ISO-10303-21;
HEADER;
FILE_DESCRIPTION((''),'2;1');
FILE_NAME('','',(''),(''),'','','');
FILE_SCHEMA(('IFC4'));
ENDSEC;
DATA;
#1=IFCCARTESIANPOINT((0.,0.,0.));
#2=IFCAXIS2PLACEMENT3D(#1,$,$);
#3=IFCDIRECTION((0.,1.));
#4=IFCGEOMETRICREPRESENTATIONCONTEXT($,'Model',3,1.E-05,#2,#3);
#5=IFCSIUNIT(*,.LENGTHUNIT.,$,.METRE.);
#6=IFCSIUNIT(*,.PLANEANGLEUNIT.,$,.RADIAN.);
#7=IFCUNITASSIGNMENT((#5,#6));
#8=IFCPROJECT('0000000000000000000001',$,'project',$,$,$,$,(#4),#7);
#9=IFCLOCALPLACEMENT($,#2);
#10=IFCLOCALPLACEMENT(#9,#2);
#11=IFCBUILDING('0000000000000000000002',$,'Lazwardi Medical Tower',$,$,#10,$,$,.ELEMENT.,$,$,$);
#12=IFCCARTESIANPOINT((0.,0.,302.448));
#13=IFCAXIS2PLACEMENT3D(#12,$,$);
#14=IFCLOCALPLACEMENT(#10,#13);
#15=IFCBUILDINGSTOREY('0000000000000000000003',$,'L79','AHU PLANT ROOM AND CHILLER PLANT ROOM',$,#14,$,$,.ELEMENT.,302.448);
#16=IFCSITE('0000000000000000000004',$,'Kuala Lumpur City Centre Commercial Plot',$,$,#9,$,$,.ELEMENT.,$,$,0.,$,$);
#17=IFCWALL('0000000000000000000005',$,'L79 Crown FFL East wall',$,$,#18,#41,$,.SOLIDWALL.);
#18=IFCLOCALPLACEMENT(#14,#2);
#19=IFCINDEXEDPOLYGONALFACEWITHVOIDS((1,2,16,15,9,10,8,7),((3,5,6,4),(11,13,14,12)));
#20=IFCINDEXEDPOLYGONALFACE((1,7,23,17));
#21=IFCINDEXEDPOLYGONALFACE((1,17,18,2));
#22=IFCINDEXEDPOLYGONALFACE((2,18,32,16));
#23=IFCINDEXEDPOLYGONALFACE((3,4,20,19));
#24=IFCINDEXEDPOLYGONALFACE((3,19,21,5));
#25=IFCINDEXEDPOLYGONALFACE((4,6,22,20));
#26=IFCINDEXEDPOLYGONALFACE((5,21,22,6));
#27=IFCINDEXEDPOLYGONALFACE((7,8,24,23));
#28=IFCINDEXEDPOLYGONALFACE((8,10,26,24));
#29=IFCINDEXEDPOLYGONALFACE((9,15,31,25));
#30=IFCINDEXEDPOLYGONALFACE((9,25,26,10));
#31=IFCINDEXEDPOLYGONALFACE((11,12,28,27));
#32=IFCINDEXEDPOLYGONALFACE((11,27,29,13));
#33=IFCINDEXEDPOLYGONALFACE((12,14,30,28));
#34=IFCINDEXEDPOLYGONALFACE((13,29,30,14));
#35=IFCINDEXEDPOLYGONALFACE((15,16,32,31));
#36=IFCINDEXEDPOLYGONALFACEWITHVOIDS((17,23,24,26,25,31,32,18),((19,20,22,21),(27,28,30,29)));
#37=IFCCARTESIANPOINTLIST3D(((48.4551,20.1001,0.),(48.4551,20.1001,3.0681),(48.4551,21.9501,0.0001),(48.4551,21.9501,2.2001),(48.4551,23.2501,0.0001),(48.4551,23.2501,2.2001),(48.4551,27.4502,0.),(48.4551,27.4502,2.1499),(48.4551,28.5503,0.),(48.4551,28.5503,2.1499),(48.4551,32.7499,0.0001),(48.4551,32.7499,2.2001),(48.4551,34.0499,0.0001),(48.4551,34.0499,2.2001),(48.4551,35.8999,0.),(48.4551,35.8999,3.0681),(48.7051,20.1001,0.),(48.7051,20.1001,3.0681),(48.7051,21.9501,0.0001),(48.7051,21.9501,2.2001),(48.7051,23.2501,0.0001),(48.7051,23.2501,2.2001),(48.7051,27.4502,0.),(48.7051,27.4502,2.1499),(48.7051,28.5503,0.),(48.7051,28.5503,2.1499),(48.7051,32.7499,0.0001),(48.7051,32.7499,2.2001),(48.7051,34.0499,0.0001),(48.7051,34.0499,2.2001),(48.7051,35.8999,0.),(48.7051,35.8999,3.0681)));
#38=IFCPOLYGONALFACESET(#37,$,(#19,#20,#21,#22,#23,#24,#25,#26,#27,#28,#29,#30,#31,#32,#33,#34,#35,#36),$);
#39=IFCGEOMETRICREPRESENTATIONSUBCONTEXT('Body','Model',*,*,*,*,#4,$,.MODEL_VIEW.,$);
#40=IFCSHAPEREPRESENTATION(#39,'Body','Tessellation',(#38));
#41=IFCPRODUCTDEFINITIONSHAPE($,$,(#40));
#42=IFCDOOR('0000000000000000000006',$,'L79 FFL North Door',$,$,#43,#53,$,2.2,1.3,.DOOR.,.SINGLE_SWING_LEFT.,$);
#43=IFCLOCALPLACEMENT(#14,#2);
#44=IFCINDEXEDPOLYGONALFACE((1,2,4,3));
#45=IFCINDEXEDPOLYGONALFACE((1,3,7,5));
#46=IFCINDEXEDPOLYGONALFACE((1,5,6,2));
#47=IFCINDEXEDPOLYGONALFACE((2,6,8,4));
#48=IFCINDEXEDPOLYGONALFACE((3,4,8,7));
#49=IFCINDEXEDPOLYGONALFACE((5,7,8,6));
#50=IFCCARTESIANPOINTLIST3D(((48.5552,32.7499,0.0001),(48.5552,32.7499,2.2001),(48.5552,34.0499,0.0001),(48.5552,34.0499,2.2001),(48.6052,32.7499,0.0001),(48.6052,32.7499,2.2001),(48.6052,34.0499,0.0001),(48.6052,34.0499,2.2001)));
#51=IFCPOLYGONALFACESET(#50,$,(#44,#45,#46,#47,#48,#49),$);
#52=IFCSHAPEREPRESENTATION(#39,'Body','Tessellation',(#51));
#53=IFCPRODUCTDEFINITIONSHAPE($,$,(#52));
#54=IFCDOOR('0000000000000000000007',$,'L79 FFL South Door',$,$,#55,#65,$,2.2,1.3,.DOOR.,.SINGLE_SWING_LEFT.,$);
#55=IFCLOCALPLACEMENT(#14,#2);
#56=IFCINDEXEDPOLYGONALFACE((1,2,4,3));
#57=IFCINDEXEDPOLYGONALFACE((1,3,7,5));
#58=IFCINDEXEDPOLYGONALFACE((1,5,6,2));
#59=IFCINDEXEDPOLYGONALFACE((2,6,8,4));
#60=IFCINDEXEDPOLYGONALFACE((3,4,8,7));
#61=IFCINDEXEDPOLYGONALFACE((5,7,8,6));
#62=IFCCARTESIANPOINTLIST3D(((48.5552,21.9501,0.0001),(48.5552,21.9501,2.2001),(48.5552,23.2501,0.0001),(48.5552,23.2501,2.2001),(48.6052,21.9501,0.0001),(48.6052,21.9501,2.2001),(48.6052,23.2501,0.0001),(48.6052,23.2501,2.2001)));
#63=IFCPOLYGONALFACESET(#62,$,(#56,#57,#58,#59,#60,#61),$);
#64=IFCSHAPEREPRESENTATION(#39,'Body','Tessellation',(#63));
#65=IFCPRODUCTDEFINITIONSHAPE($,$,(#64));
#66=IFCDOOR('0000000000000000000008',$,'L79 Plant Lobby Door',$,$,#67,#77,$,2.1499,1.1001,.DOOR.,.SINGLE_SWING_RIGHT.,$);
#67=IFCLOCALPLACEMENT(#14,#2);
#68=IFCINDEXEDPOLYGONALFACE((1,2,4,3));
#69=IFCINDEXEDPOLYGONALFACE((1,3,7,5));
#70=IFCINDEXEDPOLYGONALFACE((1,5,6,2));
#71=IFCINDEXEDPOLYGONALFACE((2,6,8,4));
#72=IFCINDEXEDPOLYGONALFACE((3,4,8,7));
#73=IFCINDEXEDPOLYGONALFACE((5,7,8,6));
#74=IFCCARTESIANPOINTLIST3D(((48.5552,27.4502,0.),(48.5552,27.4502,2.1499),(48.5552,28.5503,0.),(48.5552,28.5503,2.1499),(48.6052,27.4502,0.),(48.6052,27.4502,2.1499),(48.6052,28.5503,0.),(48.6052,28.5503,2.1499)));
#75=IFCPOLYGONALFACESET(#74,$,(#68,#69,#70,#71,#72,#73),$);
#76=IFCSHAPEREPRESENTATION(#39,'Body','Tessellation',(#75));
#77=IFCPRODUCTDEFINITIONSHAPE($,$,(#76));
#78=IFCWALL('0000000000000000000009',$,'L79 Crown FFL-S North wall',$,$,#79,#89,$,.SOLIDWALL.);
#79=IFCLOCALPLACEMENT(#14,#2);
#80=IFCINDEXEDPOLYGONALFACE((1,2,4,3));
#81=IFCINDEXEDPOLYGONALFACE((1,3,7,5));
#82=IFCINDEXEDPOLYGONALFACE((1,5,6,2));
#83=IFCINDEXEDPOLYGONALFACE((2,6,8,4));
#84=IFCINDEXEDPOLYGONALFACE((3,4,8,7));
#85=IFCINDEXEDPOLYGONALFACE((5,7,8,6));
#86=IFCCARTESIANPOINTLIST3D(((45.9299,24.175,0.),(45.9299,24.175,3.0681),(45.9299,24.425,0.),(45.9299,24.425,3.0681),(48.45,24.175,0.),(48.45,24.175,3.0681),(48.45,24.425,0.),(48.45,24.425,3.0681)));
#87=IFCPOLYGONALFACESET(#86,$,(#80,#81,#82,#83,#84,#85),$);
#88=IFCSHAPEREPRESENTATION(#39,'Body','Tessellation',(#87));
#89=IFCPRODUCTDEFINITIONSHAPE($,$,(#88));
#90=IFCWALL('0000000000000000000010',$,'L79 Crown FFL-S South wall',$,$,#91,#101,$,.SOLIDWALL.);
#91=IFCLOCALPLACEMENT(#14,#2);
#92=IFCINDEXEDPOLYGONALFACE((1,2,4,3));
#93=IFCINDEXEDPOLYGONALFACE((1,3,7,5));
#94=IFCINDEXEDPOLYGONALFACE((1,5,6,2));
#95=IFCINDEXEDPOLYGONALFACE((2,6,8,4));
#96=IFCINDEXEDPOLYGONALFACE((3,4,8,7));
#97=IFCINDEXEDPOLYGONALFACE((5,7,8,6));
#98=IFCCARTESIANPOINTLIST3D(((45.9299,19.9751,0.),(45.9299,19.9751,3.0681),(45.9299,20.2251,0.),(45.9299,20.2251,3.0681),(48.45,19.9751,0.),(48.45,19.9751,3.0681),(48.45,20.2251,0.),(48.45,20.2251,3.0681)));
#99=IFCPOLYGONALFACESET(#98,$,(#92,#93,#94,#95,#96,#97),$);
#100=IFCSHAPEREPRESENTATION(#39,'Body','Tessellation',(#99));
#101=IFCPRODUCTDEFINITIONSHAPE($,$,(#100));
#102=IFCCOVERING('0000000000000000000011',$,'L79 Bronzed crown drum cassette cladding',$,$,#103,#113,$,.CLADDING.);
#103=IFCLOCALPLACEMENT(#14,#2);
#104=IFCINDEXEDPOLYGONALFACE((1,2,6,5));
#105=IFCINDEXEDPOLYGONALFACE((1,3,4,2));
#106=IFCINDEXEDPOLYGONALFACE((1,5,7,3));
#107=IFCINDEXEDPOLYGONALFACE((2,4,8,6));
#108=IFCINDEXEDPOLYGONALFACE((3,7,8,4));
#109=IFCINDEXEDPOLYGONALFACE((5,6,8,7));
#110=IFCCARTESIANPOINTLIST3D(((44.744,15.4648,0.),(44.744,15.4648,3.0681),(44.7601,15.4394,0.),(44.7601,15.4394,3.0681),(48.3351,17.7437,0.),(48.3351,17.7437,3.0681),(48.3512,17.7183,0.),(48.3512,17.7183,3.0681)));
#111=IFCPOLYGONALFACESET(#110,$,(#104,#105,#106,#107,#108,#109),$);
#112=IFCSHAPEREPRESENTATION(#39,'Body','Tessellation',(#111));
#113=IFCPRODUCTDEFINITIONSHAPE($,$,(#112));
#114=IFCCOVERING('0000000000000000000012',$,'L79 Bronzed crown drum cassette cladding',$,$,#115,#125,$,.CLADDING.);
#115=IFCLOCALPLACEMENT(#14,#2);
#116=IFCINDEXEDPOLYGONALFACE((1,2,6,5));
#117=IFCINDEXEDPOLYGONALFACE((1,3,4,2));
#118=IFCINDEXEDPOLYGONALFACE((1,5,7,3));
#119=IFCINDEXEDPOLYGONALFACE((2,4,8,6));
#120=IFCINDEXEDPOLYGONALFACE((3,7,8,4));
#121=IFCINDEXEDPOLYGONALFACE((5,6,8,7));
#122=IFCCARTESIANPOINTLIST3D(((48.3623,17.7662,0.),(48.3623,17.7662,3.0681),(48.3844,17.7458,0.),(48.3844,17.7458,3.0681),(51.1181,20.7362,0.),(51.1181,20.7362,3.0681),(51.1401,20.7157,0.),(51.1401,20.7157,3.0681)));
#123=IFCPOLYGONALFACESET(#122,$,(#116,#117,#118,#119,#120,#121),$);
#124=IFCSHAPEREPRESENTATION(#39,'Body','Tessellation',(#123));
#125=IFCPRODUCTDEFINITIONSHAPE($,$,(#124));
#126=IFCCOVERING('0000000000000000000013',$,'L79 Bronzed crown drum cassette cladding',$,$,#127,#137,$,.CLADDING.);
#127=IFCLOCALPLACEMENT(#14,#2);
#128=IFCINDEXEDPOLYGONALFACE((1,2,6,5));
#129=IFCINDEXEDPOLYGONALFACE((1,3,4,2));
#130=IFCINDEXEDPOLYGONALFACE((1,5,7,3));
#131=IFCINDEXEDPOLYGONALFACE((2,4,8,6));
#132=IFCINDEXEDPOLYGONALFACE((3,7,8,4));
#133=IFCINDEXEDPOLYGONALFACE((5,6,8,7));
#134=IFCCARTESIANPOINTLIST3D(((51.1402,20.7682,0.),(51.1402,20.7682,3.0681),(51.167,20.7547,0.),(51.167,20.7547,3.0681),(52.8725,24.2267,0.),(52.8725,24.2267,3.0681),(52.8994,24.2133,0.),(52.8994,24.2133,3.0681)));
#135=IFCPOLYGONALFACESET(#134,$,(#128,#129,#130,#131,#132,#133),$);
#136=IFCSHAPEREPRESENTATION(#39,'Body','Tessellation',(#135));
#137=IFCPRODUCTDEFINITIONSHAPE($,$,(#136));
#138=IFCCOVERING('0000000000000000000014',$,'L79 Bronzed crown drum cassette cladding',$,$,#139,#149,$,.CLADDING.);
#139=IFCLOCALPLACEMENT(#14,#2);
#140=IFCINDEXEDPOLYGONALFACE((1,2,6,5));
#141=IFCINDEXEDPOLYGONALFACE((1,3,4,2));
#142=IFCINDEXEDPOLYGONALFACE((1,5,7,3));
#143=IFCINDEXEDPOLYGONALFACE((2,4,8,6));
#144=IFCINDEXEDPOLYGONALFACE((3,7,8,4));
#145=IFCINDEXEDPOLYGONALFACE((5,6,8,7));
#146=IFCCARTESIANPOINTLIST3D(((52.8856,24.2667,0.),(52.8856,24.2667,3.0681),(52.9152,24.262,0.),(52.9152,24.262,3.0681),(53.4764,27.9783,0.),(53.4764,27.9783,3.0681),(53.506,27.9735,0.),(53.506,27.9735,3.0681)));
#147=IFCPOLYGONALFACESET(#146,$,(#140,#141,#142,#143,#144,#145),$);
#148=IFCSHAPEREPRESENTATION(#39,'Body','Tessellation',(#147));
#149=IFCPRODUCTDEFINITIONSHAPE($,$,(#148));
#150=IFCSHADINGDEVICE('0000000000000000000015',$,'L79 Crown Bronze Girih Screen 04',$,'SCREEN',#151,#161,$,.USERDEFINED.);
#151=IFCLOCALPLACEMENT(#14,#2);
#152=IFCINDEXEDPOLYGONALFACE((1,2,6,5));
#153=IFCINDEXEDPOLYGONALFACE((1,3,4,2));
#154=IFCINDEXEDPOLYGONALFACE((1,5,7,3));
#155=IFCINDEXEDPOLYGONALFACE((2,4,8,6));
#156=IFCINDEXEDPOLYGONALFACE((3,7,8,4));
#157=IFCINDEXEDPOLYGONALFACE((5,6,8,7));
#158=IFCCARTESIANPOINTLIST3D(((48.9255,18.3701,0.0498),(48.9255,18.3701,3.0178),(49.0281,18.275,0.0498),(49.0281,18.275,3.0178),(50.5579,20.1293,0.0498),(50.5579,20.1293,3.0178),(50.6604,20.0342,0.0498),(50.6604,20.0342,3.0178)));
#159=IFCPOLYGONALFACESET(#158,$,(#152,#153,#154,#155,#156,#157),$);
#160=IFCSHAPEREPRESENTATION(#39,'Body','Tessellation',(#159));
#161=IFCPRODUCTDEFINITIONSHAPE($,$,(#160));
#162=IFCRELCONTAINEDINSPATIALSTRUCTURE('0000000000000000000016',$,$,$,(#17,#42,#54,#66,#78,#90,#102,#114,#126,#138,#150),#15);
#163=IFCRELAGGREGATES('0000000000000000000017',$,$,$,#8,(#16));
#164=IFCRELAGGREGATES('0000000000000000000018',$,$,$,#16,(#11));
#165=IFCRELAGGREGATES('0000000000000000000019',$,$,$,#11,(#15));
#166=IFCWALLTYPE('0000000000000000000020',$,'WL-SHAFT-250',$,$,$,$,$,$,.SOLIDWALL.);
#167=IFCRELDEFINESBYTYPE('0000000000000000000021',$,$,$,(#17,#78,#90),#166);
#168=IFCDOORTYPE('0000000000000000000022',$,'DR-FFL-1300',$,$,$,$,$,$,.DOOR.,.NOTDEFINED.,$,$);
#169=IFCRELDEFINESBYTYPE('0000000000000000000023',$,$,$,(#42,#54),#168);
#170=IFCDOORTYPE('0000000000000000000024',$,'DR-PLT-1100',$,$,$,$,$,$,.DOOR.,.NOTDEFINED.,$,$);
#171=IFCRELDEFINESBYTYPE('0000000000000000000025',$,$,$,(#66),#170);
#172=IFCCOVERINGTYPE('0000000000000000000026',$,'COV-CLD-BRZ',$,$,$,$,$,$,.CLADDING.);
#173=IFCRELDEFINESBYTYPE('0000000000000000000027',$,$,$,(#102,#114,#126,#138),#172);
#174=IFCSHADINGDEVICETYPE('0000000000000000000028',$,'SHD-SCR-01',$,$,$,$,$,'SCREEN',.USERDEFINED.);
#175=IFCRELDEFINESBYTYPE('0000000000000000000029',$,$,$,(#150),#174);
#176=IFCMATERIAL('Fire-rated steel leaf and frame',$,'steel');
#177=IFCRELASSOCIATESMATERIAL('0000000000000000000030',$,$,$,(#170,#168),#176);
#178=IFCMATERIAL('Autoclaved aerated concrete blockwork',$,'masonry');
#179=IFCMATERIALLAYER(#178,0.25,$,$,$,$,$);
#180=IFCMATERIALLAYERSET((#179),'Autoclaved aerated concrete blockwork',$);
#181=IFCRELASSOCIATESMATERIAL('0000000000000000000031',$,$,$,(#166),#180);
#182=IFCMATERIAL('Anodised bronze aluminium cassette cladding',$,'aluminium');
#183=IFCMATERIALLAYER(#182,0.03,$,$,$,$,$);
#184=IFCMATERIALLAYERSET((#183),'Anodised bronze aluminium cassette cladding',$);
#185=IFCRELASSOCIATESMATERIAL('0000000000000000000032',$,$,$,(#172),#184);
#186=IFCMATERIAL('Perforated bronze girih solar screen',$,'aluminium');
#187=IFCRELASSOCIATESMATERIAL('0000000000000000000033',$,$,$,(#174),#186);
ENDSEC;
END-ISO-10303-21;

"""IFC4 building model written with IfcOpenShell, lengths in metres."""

from ifc_helpers import new_model, si_unit, direction, frame, frame_2d, origin, origin_2d, place, context, subcontext, project, spatial, rectangle, extrude, material, layer, layer_set, type_object, element, fill, save


model = new_model("IFC4")

# Units and contexts
model_context = context("Model", 3, precision=1e-05, world=origin(), true_north=direction((0.0, 1.0)))
body_context = subcontext(model_context, "Body", "Model", "MODEL_VIEW")
ifc_project = project(units=[si_unit("LENGTHUNIT", "METRE"), si_unit("PLANEANGLEUNIT", "RADIAN")], contexts=[model_context])

# Site, building, storey
site_placement = place(None, origin())
site = spatial("IfcSite", under=ifc_project, at=site_placement, Name="Kuala Lumpur City Centre Commercial Plot", CompositionType="ELEMENT", RefElevation=0.0)
building_placement = place(site_placement, origin())
building = spatial("IfcBuilding", under=site, at=building_placement, Name="Lazwardi Medical Tower", CompositionType="ELEMENT")
storey_placement = place(building_placement, frame((0.0, 0.0, 302.448)))
storey = spatial("IfcBuildingStorey", under=building, at=storey_placement, Name="L79", Description="AHU PLANT ROOM AND CHILLER PLANT ROOM", CompositionType="ELEMENT", Elevation=302.448)

# Shared definitions
ifc_material_1 = material(Name="Fire-rated steel leaf and frame", Category="steel")
door_type_1 = type_object("IfcDoorType", Name="DR-PLT-1100", OperationType="NOTDEFINED", PredefinedType="DOOR", material=ifc_material_1)

# Wall, openings, doors
ifc_material_2 = material(Name="Autoclaved aerated concrete blockwork", Category="masonry")
ifc_layer_1 = layer(ifc_material_2, 0.25)
ifc_layer_set_1 = layer_set([ifc_layer_1], Name="Autoclaved aerated concrete blockwork")
wall_type_1 = type_object("IfcWallType", Name="WL-SHAFT-250", PredefinedType="SOLIDWALL", material=ifc_layer_set_1)
wall_1_placement = place(storey_placement, frame((48.5801, 20.1001, 0.0), z_axis=(0.0, 0.0, 1.0), x_axis=(0.0, 1.0, 0.0)))
wall_1 = element("IfcWall", 1, at=wall_1_placement, inside=storey, type_object=wall_type_1, Name="L79 Crown FFL East wall", PredefinedType="SOLIDWALL", context=body_context, shape_type="SweptSolid", body=[
    extrude(rectangle(XDim=15.7998, YDim=0.25, at=frame_2d((7.8999, 0.0))), origin(), (0.0, 0.0, 1.0), 3.0681),
])
opening_1_placement = place(wall_1_placement, frame((12.6499, 0.0, 0.0)))
opening_1 = element("IfcOpeningElement", 2, at=opening_1_placement, cuts=wall_1, PredefinedType="OPENING", context=body_context, shape_type="SweptSolid", body=[
    extrude(rectangle(XDim=1.3, YDim=2.2, at=frame_2d((0.6499, 1.1001))), frame((0.0, 0.135, 0.0), z_axis=(0.0, -1.0, 0.0), x_axis=(1.0, 0.0, 0.0)), (0.0, 0.0, 1.0), 0.27),
])
opening_2_placement = place(wall_1_placement, frame((7.3501, 0.0, 0.0)))
opening_2 = element("IfcOpeningElement", 3, at=opening_2_placement, cuts=wall_1, PredefinedType="OPENING", context=body_context, shape_type="SweptSolid", body=[
    extrude(rectangle(XDim=1.1001, YDim=2.1499, at=frame_2d((0.55, 1.075))), frame((0.0, 0.135, 0.0), z_axis=(0.0, -1.0, 0.0), x_axis=(1.0, 0.0, 0.0)), (0.0, 0.0, 1.0), 0.27),
])
opening_3_placement = place(wall_1_placement, frame((1.8501, 0.0, 0.0)))
opening_3 = element("IfcOpeningElement", 4, at=opening_3_placement, cuts=wall_1, PredefinedType="OPENING", context=body_context, shape_type="SweptSolid", body=[
    extrude(rectangle(XDim=1.3, YDim=2.2, at=frame_2d((0.6499, 1.1001))), frame((0.0, 0.135, 0.0), z_axis=(0.0, -1.0, 0.0), x_axis=(1.0, 0.0, 0.0)), (0.0, 0.0, 1.0), 0.27),
])
door_type_2 = type_object("IfcDoorType", Name="DR-FFL-1300", OperationType="NOTDEFINED", PredefinedType="DOOR", material=ifc_material_1)
door_1_placement = place(opening_1_placement, origin())
door_1 = element("IfcDoor", 5, at=door_1_placement, inside=storey, type_object=door_type_2, Name="L79 FFL North Door", OperationType="SINGLE_SWING_LEFT", OverallHeight=2.2, OverallWidth=1.3, PredefinedType="DOOR", context=body_context, shape_type="SweptSolid", body=[
    extrude(rectangle(XDim=1.3, YDim=2.2, at=frame_2d((0.6499, 1.1001))), frame((0.0, 0.0249, 0.0), z_axis=(0.0, -1.0, 0.0), x_axis=(1.0, 0.0, 0.0)), (0.0, 0.0, 1.0), 0.05),
])
fill(opening_1, door_1)
door_2_placement = place(opening_3_placement, origin())
door_2 = element("IfcDoor", 6, at=door_2_placement, inside=storey, type_object=door_type_2, Name="L79 FFL South Door", OperationType="SINGLE_SWING_LEFT", OverallHeight=2.2, OverallWidth=1.3, PredefinedType="DOOR", context=body_context, shape_type="SweptSolid", body=[
    extrude(rectangle(XDim=1.3, YDim=2.2, at=frame_2d((0.6499, 1.1001))), frame((0.0, 0.0249, 0.0), z_axis=(0.0, -1.0, 0.0), x_axis=(1.0, 0.0, 0.0)), (0.0, 0.0, 1.0), 0.05),
])
fill(opening_3, door_2)
door_3_placement = place(opening_2_placement, origin())
door_3 = element("IfcDoor", 7, at=door_3_placement, inside=storey, type_object=door_type_1, Name="L79 Plant Lobby Door", OperationType="SINGLE_SWING_RIGHT", OverallHeight=2.1499, OverallWidth=1.1001, PredefinedType="DOOR", context=body_context, shape_type="SweptSolid", body=[
    extrude(rectangle(XDim=1.1001, YDim=2.1499, at=frame_2d((0.55, 1.075))), frame((0.0, 0.0249, 0.0), z_axis=(0.0, -1.0, 0.0), x_axis=(1.0, 0.0, 0.0)), (0.0, 0.0, 1.0), 0.05),
])
fill(opening_2, door_3)

# Walls
for number, where, z_axis, x_axis, name in (
    (8, (45.9299, 24.3, 0.0), (0.0, 0.0, 1.0), (1.0, 0.0, 0.0), "L79 Crown FFL-S North wall"),
    (9, (45.9299, 20.1001, 0.0), (0.0, 0.0, 1.0), (1.0, 0.0, 0.0), "L79 Crown FFL-S South wall"),
):
    element("IfcWall", number, at=place(storey_placement, frame(where, z_axis=z_axis, x_axis=x_axis)), inside=storey, type_object=wall_type_1, Name=name, PredefinedType="SOLIDWALL", context=body_context, shape_type="SweptSolid", body=[
        extrude(rectangle(XDim=2.52, YDim=0.25, at=frame_2d((1.26, 0.0))), origin(), (0.0, 0.0, 1.0), 3.0681),
    ])

# Coverings
ifc_material_3 = material(Name="Anodised bronze aluminium cassette cladding", Category="aluminium")
ifc_layer_2 = layer(ifc_material_3, 0.03)
ifc_layer_set_2 = layer_set([ifc_layer_2], Name="Anodised bronze aluminium cassette cladding")
covering_type = type_object("IfcCoveringType", Name="COV-CLD-BRZ", PredefinedType="CLADDING", material=ifc_layer_set_2)
covering_1_placement = place(storey_placement, frame((46.5476, 16.5916, 0.0), z_axis=(0.0, 0.0, 1.0), x_axis=(0.844343, 0.535803, 0.0)))
element("IfcCovering", 10, at=covering_1_placement, inside=storey, type_object=covering_type, Name="L79 Bronzed crown drum cassette cladding", PredefinedType="CLADDING", context=body_context, shape_type="SweptSolid", body=[
    extrude(rectangle(XDim=4.2532, YDim=0.03, at=origin_2d()), origin(), (0.0, 0.0, 1.0), 3.0681),
])
covering_2_placement = place(storey_placement, frame((49.7512, 19.241, 0.0), z_axis=(0.0, 0.0, 1.0), x_axis=(0.680177, 0.733048, 0.0)))
element("IfcCovering", 11, at=covering_2_placement, inside=storey, type_object=covering_type, Name="L79 Bronzed crown drum cassette cladding", PredefinedType="CLADDING", context=body_context, shape_type="SweptSolid", body=[
    extrude(rectangle(XDim=4.0515, YDim=0.03, at=origin_2d()), origin(), (0.0, 0.0, 1.0), 3.0681),
])
covering_3_placement = place(storey_placement, frame((52.0198, 22.4907, 0.0), z_axis=(0.0, 0.0, 1.0), x_axis=(0.447845, 0.894111, 0.0)))
element("IfcCovering", 12, at=covering_3_placement, inside=storey, type_object=covering_type, Name="L79 Bronzed crown drum cassette cladding", PredefinedType="CLADDING", context=body_context, shape_type="SweptSolid", body=[
    extrude(rectangle(XDim=3.8682, YDim=0.03, at=origin_2d()), origin(), (0.0, 0.0, 1.0), 3.0681),
])
covering_4_placement = place(storey_placement, frame((53.1958, 26.1201, 0.0), z_axis=(0.0, 0.0, 1.0), x_axis=(0.157202, 0.987567, 0.0)))
element("IfcCovering", 13, at=covering_4_placement, inside=storey, type_object=covering_type, Name="L79 Bronzed crown drum cassette cladding", PredefinedType="CLADDING", context=body_context, shape_type="SweptSolid", body=[
    extrude(rectangle(XDim=3.7583, YDim=0.03, at=origin_2d()), origin(), (0.0, 0.0, 1.0), 3.0681),
])

# Shading device
ifc_material_4 = material(Name="Perforated bronze girih solar screen", Category="aluminium")
shading_device_type = type_object("IfcShadingDeviceType", Name="SHD-SCR-01", ElementType="SCREEN", PredefinedType="USERDEFINED", material=ifc_material_4)
shading_device_placement = place(storey_placement, frame((49.793, 19.2021, 0.0498), z_axis=(0.0, 0.0, 1.0), x_axis=(0.680177, 0.733048, 0.0)))
element("IfcShadingDevice", 14, at=shading_device_placement, inside=storey, type_object=shading_device_type, Name="L79 Crown Bronze Girih Screen 04", ObjectType="SCREEN", PredefinedType="USERDEFINED", context=body_context, shape_type="SweptSolid", body=[
    extrude(rectangle(XDim=2.3999, YDim=0.1399, at=origin_2d()), origin(), (0.0, 0.0, 1.0), 2.968),
])

save(model, "model.ifc")
